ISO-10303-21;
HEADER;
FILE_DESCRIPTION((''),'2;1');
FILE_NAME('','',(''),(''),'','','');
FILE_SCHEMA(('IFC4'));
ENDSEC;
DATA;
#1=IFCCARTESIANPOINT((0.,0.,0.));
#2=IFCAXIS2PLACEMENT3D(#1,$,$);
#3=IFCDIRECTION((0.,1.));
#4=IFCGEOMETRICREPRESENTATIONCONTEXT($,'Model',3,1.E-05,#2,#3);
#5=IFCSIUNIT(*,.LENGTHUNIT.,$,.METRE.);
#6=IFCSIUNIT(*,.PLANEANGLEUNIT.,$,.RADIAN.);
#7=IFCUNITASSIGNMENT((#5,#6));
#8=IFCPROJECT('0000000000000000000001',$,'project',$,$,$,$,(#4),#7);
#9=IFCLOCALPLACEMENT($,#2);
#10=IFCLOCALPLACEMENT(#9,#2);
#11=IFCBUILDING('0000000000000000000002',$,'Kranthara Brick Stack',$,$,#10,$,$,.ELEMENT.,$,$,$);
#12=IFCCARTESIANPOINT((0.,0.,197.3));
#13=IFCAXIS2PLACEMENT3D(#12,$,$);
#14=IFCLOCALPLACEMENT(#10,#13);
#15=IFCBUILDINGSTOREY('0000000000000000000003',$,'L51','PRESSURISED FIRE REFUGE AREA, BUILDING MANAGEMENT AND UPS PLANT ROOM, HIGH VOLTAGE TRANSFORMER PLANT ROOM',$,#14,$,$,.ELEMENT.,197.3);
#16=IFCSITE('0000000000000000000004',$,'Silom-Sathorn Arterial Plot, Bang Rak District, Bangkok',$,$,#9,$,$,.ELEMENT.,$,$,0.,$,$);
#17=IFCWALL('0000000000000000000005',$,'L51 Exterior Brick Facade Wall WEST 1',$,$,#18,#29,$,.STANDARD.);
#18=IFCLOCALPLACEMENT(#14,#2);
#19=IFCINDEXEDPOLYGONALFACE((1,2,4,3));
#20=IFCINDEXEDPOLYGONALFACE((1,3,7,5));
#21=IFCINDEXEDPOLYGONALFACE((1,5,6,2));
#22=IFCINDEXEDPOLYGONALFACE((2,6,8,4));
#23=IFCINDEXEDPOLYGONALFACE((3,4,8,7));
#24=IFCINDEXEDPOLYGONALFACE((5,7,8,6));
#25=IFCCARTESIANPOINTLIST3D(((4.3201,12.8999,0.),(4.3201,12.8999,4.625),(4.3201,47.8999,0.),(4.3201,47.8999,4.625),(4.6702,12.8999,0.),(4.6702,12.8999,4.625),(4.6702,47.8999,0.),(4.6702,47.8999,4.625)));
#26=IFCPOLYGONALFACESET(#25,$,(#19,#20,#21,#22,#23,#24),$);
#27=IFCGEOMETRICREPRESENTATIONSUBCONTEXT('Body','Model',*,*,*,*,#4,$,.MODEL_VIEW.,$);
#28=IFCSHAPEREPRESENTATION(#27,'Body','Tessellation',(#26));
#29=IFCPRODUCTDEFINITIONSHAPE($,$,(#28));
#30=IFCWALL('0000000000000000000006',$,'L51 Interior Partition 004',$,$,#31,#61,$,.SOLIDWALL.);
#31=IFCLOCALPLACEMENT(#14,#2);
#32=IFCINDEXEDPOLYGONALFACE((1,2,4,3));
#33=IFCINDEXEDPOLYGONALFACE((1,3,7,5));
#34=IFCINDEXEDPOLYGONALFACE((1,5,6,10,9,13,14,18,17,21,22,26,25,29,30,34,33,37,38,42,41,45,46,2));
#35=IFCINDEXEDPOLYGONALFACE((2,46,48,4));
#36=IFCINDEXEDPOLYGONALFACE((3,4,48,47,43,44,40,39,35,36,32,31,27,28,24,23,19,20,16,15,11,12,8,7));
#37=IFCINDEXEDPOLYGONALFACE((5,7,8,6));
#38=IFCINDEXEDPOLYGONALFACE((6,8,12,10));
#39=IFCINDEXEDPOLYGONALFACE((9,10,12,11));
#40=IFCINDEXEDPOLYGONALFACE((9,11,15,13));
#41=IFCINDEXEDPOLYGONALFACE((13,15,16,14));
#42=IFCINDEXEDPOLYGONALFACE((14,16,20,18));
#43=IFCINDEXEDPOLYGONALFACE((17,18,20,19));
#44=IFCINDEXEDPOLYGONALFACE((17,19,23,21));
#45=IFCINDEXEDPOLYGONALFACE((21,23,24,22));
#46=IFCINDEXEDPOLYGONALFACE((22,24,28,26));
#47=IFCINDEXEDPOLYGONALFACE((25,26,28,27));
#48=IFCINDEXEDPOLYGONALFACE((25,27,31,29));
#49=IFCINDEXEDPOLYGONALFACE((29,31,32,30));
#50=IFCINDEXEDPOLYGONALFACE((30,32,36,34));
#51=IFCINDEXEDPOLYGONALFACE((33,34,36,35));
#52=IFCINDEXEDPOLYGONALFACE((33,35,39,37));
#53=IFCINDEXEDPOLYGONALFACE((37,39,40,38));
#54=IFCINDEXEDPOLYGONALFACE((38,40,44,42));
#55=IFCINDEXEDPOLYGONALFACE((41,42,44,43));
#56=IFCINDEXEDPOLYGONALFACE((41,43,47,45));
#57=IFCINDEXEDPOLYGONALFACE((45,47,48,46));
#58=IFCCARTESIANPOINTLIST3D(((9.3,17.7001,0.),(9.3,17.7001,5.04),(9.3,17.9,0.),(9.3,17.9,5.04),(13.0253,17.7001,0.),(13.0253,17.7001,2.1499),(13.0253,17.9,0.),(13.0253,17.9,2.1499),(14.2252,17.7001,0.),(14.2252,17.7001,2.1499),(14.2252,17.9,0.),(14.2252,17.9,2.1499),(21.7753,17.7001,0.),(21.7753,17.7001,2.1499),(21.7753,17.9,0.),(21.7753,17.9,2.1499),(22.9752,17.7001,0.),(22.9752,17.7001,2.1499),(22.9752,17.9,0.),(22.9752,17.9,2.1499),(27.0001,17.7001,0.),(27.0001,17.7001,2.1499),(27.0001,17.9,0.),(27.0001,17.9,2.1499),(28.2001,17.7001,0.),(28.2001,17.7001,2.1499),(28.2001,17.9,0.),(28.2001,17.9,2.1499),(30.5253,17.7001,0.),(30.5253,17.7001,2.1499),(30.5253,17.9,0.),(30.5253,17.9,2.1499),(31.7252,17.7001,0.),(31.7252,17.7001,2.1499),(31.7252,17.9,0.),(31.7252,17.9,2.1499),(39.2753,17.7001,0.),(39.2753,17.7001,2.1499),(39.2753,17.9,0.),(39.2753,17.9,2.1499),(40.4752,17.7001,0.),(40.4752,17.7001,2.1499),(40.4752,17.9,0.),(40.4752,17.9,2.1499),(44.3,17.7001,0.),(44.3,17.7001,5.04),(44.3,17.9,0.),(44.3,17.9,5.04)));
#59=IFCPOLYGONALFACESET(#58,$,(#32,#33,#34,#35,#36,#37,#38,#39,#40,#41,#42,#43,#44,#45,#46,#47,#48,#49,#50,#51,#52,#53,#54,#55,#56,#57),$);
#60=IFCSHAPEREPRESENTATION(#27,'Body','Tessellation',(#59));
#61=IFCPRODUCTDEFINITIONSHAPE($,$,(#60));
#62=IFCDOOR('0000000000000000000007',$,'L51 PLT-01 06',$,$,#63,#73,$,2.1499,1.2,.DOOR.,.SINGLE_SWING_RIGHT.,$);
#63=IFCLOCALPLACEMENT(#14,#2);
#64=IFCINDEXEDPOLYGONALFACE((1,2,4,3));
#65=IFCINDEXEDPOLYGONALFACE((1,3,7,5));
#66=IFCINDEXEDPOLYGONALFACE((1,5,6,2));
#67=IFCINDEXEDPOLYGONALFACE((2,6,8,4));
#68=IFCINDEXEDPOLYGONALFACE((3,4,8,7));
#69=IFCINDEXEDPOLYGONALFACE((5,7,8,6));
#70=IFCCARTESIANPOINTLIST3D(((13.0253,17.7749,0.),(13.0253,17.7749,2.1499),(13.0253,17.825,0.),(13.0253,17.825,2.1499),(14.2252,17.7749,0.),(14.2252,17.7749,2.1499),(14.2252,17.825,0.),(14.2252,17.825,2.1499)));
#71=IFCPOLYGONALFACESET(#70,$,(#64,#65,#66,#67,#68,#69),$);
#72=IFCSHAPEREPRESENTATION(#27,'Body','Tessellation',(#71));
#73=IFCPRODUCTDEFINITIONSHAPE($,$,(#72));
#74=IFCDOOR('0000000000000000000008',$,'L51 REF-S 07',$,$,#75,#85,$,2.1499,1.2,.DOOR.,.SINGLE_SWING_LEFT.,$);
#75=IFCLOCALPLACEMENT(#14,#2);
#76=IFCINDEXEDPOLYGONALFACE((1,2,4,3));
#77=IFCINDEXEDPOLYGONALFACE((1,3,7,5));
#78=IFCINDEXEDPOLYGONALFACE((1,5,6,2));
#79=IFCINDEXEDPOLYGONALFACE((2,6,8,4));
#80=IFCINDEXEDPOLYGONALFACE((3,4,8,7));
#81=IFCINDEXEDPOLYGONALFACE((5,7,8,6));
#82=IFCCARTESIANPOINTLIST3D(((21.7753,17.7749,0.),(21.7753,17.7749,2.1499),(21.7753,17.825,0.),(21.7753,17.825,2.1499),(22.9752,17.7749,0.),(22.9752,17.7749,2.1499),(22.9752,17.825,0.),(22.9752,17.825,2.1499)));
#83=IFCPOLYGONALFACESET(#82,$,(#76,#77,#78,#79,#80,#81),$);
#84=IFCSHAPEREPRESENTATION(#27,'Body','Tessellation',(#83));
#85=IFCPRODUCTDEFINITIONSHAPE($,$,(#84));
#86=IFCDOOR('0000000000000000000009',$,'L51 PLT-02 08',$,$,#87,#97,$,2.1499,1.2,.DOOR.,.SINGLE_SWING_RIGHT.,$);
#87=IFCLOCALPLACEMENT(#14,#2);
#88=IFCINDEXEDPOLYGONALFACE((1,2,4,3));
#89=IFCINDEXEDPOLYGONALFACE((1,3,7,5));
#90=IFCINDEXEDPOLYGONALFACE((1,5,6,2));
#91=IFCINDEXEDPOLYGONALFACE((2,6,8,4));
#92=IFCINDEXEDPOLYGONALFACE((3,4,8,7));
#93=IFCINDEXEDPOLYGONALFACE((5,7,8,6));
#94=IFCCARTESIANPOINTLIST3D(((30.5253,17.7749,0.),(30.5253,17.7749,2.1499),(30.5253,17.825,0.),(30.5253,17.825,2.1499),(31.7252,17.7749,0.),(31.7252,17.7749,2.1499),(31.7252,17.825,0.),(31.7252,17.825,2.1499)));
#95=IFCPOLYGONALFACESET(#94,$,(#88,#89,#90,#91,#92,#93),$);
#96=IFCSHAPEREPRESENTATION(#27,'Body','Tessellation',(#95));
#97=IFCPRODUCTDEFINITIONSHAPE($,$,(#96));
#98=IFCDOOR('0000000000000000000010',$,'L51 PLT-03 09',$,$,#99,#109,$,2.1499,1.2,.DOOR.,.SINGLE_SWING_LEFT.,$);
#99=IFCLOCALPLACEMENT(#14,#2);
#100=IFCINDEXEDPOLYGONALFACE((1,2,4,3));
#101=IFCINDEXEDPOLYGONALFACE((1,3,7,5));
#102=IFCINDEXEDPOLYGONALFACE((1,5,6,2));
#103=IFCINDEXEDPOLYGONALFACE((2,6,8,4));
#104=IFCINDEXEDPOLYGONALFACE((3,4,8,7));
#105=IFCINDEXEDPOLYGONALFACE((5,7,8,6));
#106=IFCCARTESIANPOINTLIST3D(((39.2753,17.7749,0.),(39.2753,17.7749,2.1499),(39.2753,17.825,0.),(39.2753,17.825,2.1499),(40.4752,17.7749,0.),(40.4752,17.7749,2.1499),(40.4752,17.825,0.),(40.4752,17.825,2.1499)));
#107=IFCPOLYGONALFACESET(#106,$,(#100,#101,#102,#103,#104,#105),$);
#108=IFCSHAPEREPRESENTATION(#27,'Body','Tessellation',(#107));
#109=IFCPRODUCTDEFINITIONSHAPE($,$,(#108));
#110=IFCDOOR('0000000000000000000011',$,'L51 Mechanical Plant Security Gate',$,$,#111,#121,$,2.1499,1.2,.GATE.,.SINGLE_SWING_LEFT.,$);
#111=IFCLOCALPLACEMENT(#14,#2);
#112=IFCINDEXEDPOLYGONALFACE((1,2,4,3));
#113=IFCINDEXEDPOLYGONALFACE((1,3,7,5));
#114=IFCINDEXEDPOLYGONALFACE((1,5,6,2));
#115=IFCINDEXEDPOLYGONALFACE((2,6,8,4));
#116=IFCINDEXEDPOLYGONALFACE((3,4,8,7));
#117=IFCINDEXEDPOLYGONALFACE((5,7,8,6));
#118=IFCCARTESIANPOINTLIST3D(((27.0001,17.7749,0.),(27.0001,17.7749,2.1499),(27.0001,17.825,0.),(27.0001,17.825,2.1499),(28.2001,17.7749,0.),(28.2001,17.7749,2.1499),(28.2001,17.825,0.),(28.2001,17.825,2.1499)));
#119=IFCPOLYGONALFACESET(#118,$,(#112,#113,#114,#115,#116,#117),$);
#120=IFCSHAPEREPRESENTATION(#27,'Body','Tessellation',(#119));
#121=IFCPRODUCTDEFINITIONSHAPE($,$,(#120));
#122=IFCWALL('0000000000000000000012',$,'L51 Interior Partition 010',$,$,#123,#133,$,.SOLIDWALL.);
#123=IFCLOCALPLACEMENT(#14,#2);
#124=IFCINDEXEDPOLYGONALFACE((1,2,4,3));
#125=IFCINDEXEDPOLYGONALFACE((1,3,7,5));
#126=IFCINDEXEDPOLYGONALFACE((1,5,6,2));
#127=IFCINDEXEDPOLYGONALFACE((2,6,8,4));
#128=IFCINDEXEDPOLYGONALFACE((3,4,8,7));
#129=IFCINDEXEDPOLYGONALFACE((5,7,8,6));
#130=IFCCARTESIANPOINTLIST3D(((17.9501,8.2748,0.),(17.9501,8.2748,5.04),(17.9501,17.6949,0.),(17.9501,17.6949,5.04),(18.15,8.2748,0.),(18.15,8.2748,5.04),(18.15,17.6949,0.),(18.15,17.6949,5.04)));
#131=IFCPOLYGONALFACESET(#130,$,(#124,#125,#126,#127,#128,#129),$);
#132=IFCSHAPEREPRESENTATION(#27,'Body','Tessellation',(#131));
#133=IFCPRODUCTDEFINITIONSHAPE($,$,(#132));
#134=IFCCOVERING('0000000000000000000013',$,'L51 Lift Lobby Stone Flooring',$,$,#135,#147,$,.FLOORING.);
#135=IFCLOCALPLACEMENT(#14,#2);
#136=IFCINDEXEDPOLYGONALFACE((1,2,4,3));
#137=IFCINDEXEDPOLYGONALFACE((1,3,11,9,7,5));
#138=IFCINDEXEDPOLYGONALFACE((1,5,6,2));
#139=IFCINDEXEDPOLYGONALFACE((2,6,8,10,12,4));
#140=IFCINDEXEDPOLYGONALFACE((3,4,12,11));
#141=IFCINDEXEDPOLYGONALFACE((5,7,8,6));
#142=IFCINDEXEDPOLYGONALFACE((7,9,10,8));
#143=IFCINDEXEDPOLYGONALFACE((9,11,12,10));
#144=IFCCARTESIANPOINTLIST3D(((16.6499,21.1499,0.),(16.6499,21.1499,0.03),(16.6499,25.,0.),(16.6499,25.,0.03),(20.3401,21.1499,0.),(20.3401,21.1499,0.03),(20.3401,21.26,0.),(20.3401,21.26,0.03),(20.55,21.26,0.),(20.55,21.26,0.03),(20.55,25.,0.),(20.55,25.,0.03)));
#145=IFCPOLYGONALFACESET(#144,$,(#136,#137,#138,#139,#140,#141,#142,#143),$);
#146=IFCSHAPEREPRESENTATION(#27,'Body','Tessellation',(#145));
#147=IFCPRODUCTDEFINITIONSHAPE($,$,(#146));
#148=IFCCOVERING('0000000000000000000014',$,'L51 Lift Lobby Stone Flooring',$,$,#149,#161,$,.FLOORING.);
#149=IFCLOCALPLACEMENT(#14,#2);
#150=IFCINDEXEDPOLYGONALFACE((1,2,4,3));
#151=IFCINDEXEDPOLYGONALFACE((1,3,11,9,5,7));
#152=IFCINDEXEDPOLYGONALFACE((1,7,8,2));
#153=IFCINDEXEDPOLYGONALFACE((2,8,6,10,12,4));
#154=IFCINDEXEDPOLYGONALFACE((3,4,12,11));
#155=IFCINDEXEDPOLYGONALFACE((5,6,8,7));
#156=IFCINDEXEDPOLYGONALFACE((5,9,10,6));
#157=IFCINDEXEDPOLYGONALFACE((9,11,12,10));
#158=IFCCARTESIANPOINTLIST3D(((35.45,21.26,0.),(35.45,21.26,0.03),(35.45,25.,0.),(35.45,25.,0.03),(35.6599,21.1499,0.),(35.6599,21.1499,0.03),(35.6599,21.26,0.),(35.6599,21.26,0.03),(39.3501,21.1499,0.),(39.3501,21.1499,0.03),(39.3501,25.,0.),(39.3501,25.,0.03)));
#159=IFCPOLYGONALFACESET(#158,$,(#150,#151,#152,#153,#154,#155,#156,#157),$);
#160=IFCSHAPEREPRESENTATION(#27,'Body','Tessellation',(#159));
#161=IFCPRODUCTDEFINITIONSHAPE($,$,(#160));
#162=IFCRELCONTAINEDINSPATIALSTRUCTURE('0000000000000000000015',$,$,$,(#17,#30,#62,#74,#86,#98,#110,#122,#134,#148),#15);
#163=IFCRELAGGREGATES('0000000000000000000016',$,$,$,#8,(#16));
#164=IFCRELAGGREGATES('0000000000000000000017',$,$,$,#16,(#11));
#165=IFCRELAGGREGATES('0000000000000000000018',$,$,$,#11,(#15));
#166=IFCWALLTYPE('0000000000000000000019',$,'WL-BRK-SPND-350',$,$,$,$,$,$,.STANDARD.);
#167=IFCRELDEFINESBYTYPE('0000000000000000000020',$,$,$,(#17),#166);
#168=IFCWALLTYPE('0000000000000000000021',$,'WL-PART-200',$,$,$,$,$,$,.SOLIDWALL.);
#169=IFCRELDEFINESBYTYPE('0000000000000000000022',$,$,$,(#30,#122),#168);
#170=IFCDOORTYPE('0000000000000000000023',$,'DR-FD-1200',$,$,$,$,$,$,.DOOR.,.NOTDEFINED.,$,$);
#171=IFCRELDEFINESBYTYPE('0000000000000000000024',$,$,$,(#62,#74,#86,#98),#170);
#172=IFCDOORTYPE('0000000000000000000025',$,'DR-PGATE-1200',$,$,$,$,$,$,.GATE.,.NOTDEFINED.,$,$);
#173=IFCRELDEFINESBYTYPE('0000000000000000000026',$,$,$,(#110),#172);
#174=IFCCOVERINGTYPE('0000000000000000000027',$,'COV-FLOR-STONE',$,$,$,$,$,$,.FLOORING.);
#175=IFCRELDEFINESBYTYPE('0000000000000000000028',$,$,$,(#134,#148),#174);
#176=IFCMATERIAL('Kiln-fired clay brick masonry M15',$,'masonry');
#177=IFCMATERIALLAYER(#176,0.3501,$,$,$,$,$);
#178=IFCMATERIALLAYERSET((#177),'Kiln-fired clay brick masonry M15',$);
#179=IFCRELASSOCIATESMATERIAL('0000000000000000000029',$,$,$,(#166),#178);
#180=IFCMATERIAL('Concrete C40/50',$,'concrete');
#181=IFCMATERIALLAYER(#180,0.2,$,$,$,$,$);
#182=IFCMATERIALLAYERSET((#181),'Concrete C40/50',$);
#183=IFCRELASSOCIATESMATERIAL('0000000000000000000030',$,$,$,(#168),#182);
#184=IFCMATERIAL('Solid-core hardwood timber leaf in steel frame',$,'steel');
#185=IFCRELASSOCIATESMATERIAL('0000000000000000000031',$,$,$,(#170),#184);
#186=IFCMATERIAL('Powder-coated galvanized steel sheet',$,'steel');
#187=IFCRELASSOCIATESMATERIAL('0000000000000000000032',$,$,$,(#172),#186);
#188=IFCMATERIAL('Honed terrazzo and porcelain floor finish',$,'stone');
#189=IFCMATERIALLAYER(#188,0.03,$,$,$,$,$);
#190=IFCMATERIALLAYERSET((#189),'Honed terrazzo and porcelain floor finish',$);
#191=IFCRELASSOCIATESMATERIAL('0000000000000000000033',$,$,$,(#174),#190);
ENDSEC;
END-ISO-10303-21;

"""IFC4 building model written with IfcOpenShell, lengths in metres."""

from ifc_helpers import new_model, si_unit, direction, frame, frame_2d, origin, place, context, subcontext, project, spatial, polyline, rectangle, outline, extrude, material, layer, layer_set, type_object, element, fill, save


model = new_model("IFC4")

# Units and contexts
model_context = context("Model", 3, precision=1e-05, world=origin(), true_north=direction((0.0, 1.0)))
body_context = subcontext(model_context, "Body", "Model", "MODEL_VIEW")
ifc_project = project(units=[si_unit("LENGTHUNIT", "METRE"), si_unit("PLANEANGLEUNIT", "RADIAN")], contexts=[model_context])

# Site, building, storey
site_placement = place(None, origin())
site = spatial("IfcSite", under=ifc_project, at=site_placement, Name="Silom-Sathorn Arterial Plot, Bang Rak District, Bangkok", CompositionType="ELEMENT", RefElevation=0.0)
building_placement = place(site_placement, origin())
building = spatial("IfcBuilding", under=site, at=building_placement, Name="Kranthara Brick Stack", CompositionType="ELEMENT")
storey_placement = place(building_placement, frame((0.0, 0.0, 197.3)))
storey = spatial("IfcBuildingStorey", under=building, at=storey_placement, Name="L51", Description="PRESSURISED FIRE REFUGE AREA, BUILDING MANAGEMENT AND UPS PLANT ROOM, HIGH VOLTAGE TRANSFORMER PLANT ROOM", CompositionType="ELEMENT", Elevation=197.3)

# Wall
ifc_material_1 = material(Name="Kiln-fired clay brick masonry M15", Category="masonry")
ifc_layer_1 = layer(ifc_material_1, 0.3501)
ifc_layer_set_1 = layer_set([ifc_layer_1], Name="Kiln-fired clay brick masonry M15")
wall_type_1 = type_object("IfcWallType", Name="WL-BRK-SPND-350", PredefinedType="STANDARD", material=ifc_layer_set_1)
wall_1_placement = place(storey_placement, frame((4.4951, 12.8999, 0.0), z_axis=(0.0, 0.0, 1.0), x_axis=(0.0, 1.0, 0.0)))
element("IfcWall", 1, at=wall_1_placement, inside=storey, type_object=wall_type_1, Name="L51 Exterior Brick Facade Wall WEST 1", PredefinedType="STANDARD", context=body_context, shape_type="SweptSolid", body=[
    extrude(rectangle(XDim=35.0, YDim=0.3501, at=frame_2d((17.5, 0.0))), origin(), (0.0, 0.0, 1.0), 4.625),
])

# Wall, openings, doors
ifc_material_2 = material(Name="Concrete C40/50", Category="concrete")
ifc_layer_2 = layer(ifc_material_2, 0.2)
ifc_layer_set_2 = layer_set([ifc_layer_2], Name="Concrete C40/50")
wall_type_2 = type_object("IfcWallType", Name="WL-PART-200", PredefinedType="SOLIDWALL", material=ifc_layer_set_2)
wall_2_placement = place(storey_placement, frame((9.3, 17.8, 0.0), z_axis=(0.0, 0.0, 1.0), x_axis=(1.0, 0.0, 0.0)))
wall_2 = element("IfcWall", 2, at=wall_2_placement, inside=storey, type_object=wall_type_2, Name="L51 Interior Partition 004", PredefinedType="SOLIDWALL", context=body_context, shape_type="SweptSolid", body=[
    extrude(rectangle(XDim=35.0, YDim=0.2, at=frame_2d((17.5, 0.0))), origin(), (0.0, 0.0, 1.0), 5.04),
])
opening_1_placement = place(wall_2_placement, frame((3.7251, 0.0, 0.0)))
opening_1 = element("IfcOpeningElement", 3, at=opening_1_placement, cuts=wall_2, PredefinedType="OPENING", context=body_context, shape_type="SweptSolid", body=[
    extrude(rectangle(XDim=1.2, YDim=2.1499, at=frame_2d((0.6001, 1.075))), frame((0.0, 0.1099, 0.0), z_axis=(0.0, -1.0, 0.0), x_axis=(1.0, 0.0, 0.0)), (0.0, 0.0, 1.0), 0.22),
])
opening_2_placement = place(wall_2_placement, frame((12.4751, 0.0, 0.0)))
opening_2 = element("IfcOpeningElement", 4, at=opening_2_placement, cuts=wall_2, PredefinedType="OPENING", context=body_context, shape_type="SweptSolid", body=[
    extrude(rectangle(XDim=1.2, YDim=2.1499, at=frame_2d((0.6001, 1.075))), frame((0.0, 0.1099, 0.0), z_axis=(0.0, -1.0, 0.0), x_axis=(1.0, 0.0, 0.0)), (0.0, 0.0, 1.0), 0.22),
])
opening_3_placement = place(wall_2_placement, frame((21.2251, 0.0, 0.0)))
opening_3 = element("IfcOpeningElement", 5, at=opening_3_placement, cuts=wall_2, PredefinedType="OPENING", context=body_context, shape_type="SweptSolid", body=[
    extrude(rectangle(XDim=1.2, YDim=2.1499, at=frame_2d((0.6001, 1.075))), frame((0.0, 0.1099, 0.0), z_axis=(0.0, -1.0, 0.0), x_axis=(1.0, 0.0, 0.0)), (0.0, 0.0, 1.0), 0.22),
])
opening_4_placement = place(wall_2_placement, frame((29.9751, 0.0, 0.0)))
opening_4 = element("IfcOpeningElement", 6, at=opening_4_placement, cuts=wall_2, PredefinedType="OPENING", context=body_context, shape_type="SweptSolid", body=[
    extrude(rectangle(XDim=1.2, YDim=2.1499, at=frame_2d((0.6001, 1.075))), frame((0.0, 0.1099, 0.0), z_axis=(0.0, -1.0, 0.0), x_axis=(1.0, 0.0, 0.0)), (0.0, 0.0, 1.0), 0.22),
])
opening_5_placement = place(wall_2_placement, frame((17.7, 0.0, 0.0)))
opening_5 = element("IfcOpeningElement", 7, at=opening_5_placement, cuts=wall_2, PredefinedType="OPENING", context=body_context, shape_type="SweptSolid", body=[
    extrude(rectangle(XDim=1.2, YDim=2.1499, at=frame_2d((0.6001, 1.075))), frame((0.0, 0.1099, 0.0), z_axis=(0.0, -1.0, 0.0), x_axis=(1.0, 0.0, 0.0)), (0.0, 0.0, 1.0), 0.22),
])
ifc_material_3 = material(Name="Solid-core hardwood timber leaf in steel frame", Category="steel")
door_type_1 = type_object("IfcDoorType", Name="DR-FD-1200", OperationType="NOTDEFINED", PredefinedType="DOOR", material=ifc_material_3)
door_1_placement = place(opening_1_placement, origin())
door_1 = element("IfcDoor", 8, at=door_1_placement, inside=storey, type_object=door_type_1, Name="L51 PLT-01 06", OperationType="SINGLE_SWING_RIGHT", OverallHeight=2.1499, OverallWidth=1.2, PredefinedType="DOOR", context=body_context, shape_type="SweptSolid", body=[
    extrude(rectangle(XDim=1.2, YDim=2.1499, at=frame_2d((0.6001, 1.075))), frame((0.0, 0.0249, 0.0), z_axis=(0.0, -1.0, 0.0), x_axis=(1.0, 0.0, 0.0)), (0.0, 0.0, 1.0), 0.05),
])
fill(opening_1, door_1)
door_2_placement = place(opening_2_placement, origin())
door_2 = element("IfcDoor", 9, at=door_2_placement, inside=storey, type_object=door_type_1, Name="L51 REF-S 07", OperationType="SINGLE_SWING_LEFT", OverallHeight=2.1499, OverallWidth=1.2, PredefinedType="DOOR", context=body_context, shape_type="SweptSolid", body=[
    extrude(rectangle(XDim=1.2, YDim=2.1499, at=frame_2d((0.6001, 1.075))), frame((0.0, 0.0249, 0.0), z_axis=(0.0, -1.0, 0.0), x_axis=(1.0, 0.0, 0.0)), (0.0, 0.0, 1.0), 0.05),
])
fill(opening_2, door_2)
door_3_placement = place(opening_3_placement, origin())
door_3 = element("IfcDoor", 10, at=door_3_placement, inside=storey, type_object=door_type_1, Name="L51 PLT-02 08", OperationType="SINGLE_SWING_RIGHT", OverallHeight=2.1499, OverallWidth=1.2, PredefinedType="DOOR", context=body_context, shape_type="SweptSolid", body=[
    extrude(rectangle(XDim=1.2, YDim=2.1499, at=frame_2d((0.6001, 1.075))), frame((0.0, 0.0249, 0.0), z_axis=(0.0, -1.0, 0.0), x_axis=(1.0, 0.0, 0.0)), (0.0, 0.0, 1.0), 0.05),
])
fill(opening_3, door_3)
door_4_placement = place(opening_4_placement, origin())
door_4 = element("IfcDoor", 11, at=door_4_placement, inside=storey, type_object=door_type_1, Name="L51 PLT-03 09", OperationType="SINGLE_SWING_LEFT", OverallHeight=2.1499, OverallWidth=1.2, PredefinedType="DOOR", context=body_context, shape_type="SweptSolid", body=[
    extrude(rectangle(XDim=1.2, YDim=2.1499, at=frame_2d((0.6001, 1.075))), frame((0.0, 0.0249, 0.0), z_axis=(0.0, -1.0, 0.0), x_axis=(1.0, 0.0, 0.0)), (0.0, 0.0, 1.0), 0.05),
])
fill(opening_4, door_4)
ifc_material_4 = material(Name="Powder-coated galvanized steel sheet", Category="steel")
door_type_2 = type_object("IfcDoorType", Name="DR-PGATE-1200", OperationType="NOTDEFINED", PredefinedType="GATE", material=ifc_material_4)
door_5_placement = place(opening_5_placement, origin())
door_5 = element("IfcDoor", 12, at=door_5_placement, inside=storey, type_object=door_type_2, Name="L51 Mechanical Plant Security Gate", OperationType="SINGLE_SWING_LEFT", OverallHeight=2.1499, OverallWidth=1.2, PredefinedType="GATE", context=body_context, shape_type="SweptSolid", body=[
    extrude(rectangle(XDim=1.2, YDim=2.1499, at=frame_2d((0.6001, 1.075))), frame((0.0, 0.0249, 0.0), z_axis=(0.0, -1.0, 0.0), x_axis=(1.0, 0.0, 0.0)), (0.0, 0.0, 1.0), 0.05),
])
fill(opening_5, door_5)

# Wall
wall_3_placement = place(storey_placement, frame((18.05, 8.2749, 0.0), z_axis=(0.0, 0.0, 1.0), x_axis=(0.0, 1.0, 0.0)))
element("IfcWall", 13, at=wall_3_placement, inside=storey, type_object=wall_type_2, Name="L51 Interior Partition 010", PredefinedType="SOLIDWALL", context=body_context, shape_type="SweptSolid", body=[
    extrude(rectangle(XDim=9.4202, YDim=0.2, at=frame_2d((4.71, 0.0))), origin(), (0.0, 0.0, 1.0), 5.04),
])

# Coverings
ifc_material_5 = material(Name="Honed terrazzo and porcelain floor finish", Category="stone")
ifc_layer_3 = layer(ifc_material_5, 0.03)
ifc_layer_set_3 = layer_set([ifc_layer_3], Name="Honed terrazzo and porcelain floor finish")
covering_type = type_object("IfcCoveringType", Name="COV-FLOR-STONE", PredefinedType="FLOORING", material=ifc_layer_set_3)
covering_1_placement = place(storey_placement, origin())
element("IfcCovering", 14, at=covering_1_placement, inside=storey, type_object=covering_type, Name="L51 Lift Lobby Stone Flooring", PredefinedType="FLOORING", context=body_context, shape_type="SweptSolid", body=[
    extrude(outline(polyline([(16.6499, 21.1499), (16.6499, 25.0), (20.55, 25.0), (20.55, 21.26), (20.3401, 21.26), (20.3401, 21.1499), (16.6499, 21.1499)])), origin(), (0.0, 0.0, 1.0), 0.03),
])
covering_2_placement = place(storey_placement, origin())
element("IfcCovering", 15, at=covering_2_placement, inside=storey, type_object=covering_type, Name="L51 Lift Lobby Stone Flooring", PredefinedType="FLOORING", context=body_context, shape_type="SweptSolid", body=[
    extrude(outline(polyline([(35.45, 25.0), (39.3501, 25.0), (39.3501, 21.1499), (35.6599, 21.1499), (35.6599, 21.26), (35.45, 21.26), (35.45, 25.0)])), origin(), (0.0, 0.0, 1.0), 0.03),
])

save(model, "model.ifc")
